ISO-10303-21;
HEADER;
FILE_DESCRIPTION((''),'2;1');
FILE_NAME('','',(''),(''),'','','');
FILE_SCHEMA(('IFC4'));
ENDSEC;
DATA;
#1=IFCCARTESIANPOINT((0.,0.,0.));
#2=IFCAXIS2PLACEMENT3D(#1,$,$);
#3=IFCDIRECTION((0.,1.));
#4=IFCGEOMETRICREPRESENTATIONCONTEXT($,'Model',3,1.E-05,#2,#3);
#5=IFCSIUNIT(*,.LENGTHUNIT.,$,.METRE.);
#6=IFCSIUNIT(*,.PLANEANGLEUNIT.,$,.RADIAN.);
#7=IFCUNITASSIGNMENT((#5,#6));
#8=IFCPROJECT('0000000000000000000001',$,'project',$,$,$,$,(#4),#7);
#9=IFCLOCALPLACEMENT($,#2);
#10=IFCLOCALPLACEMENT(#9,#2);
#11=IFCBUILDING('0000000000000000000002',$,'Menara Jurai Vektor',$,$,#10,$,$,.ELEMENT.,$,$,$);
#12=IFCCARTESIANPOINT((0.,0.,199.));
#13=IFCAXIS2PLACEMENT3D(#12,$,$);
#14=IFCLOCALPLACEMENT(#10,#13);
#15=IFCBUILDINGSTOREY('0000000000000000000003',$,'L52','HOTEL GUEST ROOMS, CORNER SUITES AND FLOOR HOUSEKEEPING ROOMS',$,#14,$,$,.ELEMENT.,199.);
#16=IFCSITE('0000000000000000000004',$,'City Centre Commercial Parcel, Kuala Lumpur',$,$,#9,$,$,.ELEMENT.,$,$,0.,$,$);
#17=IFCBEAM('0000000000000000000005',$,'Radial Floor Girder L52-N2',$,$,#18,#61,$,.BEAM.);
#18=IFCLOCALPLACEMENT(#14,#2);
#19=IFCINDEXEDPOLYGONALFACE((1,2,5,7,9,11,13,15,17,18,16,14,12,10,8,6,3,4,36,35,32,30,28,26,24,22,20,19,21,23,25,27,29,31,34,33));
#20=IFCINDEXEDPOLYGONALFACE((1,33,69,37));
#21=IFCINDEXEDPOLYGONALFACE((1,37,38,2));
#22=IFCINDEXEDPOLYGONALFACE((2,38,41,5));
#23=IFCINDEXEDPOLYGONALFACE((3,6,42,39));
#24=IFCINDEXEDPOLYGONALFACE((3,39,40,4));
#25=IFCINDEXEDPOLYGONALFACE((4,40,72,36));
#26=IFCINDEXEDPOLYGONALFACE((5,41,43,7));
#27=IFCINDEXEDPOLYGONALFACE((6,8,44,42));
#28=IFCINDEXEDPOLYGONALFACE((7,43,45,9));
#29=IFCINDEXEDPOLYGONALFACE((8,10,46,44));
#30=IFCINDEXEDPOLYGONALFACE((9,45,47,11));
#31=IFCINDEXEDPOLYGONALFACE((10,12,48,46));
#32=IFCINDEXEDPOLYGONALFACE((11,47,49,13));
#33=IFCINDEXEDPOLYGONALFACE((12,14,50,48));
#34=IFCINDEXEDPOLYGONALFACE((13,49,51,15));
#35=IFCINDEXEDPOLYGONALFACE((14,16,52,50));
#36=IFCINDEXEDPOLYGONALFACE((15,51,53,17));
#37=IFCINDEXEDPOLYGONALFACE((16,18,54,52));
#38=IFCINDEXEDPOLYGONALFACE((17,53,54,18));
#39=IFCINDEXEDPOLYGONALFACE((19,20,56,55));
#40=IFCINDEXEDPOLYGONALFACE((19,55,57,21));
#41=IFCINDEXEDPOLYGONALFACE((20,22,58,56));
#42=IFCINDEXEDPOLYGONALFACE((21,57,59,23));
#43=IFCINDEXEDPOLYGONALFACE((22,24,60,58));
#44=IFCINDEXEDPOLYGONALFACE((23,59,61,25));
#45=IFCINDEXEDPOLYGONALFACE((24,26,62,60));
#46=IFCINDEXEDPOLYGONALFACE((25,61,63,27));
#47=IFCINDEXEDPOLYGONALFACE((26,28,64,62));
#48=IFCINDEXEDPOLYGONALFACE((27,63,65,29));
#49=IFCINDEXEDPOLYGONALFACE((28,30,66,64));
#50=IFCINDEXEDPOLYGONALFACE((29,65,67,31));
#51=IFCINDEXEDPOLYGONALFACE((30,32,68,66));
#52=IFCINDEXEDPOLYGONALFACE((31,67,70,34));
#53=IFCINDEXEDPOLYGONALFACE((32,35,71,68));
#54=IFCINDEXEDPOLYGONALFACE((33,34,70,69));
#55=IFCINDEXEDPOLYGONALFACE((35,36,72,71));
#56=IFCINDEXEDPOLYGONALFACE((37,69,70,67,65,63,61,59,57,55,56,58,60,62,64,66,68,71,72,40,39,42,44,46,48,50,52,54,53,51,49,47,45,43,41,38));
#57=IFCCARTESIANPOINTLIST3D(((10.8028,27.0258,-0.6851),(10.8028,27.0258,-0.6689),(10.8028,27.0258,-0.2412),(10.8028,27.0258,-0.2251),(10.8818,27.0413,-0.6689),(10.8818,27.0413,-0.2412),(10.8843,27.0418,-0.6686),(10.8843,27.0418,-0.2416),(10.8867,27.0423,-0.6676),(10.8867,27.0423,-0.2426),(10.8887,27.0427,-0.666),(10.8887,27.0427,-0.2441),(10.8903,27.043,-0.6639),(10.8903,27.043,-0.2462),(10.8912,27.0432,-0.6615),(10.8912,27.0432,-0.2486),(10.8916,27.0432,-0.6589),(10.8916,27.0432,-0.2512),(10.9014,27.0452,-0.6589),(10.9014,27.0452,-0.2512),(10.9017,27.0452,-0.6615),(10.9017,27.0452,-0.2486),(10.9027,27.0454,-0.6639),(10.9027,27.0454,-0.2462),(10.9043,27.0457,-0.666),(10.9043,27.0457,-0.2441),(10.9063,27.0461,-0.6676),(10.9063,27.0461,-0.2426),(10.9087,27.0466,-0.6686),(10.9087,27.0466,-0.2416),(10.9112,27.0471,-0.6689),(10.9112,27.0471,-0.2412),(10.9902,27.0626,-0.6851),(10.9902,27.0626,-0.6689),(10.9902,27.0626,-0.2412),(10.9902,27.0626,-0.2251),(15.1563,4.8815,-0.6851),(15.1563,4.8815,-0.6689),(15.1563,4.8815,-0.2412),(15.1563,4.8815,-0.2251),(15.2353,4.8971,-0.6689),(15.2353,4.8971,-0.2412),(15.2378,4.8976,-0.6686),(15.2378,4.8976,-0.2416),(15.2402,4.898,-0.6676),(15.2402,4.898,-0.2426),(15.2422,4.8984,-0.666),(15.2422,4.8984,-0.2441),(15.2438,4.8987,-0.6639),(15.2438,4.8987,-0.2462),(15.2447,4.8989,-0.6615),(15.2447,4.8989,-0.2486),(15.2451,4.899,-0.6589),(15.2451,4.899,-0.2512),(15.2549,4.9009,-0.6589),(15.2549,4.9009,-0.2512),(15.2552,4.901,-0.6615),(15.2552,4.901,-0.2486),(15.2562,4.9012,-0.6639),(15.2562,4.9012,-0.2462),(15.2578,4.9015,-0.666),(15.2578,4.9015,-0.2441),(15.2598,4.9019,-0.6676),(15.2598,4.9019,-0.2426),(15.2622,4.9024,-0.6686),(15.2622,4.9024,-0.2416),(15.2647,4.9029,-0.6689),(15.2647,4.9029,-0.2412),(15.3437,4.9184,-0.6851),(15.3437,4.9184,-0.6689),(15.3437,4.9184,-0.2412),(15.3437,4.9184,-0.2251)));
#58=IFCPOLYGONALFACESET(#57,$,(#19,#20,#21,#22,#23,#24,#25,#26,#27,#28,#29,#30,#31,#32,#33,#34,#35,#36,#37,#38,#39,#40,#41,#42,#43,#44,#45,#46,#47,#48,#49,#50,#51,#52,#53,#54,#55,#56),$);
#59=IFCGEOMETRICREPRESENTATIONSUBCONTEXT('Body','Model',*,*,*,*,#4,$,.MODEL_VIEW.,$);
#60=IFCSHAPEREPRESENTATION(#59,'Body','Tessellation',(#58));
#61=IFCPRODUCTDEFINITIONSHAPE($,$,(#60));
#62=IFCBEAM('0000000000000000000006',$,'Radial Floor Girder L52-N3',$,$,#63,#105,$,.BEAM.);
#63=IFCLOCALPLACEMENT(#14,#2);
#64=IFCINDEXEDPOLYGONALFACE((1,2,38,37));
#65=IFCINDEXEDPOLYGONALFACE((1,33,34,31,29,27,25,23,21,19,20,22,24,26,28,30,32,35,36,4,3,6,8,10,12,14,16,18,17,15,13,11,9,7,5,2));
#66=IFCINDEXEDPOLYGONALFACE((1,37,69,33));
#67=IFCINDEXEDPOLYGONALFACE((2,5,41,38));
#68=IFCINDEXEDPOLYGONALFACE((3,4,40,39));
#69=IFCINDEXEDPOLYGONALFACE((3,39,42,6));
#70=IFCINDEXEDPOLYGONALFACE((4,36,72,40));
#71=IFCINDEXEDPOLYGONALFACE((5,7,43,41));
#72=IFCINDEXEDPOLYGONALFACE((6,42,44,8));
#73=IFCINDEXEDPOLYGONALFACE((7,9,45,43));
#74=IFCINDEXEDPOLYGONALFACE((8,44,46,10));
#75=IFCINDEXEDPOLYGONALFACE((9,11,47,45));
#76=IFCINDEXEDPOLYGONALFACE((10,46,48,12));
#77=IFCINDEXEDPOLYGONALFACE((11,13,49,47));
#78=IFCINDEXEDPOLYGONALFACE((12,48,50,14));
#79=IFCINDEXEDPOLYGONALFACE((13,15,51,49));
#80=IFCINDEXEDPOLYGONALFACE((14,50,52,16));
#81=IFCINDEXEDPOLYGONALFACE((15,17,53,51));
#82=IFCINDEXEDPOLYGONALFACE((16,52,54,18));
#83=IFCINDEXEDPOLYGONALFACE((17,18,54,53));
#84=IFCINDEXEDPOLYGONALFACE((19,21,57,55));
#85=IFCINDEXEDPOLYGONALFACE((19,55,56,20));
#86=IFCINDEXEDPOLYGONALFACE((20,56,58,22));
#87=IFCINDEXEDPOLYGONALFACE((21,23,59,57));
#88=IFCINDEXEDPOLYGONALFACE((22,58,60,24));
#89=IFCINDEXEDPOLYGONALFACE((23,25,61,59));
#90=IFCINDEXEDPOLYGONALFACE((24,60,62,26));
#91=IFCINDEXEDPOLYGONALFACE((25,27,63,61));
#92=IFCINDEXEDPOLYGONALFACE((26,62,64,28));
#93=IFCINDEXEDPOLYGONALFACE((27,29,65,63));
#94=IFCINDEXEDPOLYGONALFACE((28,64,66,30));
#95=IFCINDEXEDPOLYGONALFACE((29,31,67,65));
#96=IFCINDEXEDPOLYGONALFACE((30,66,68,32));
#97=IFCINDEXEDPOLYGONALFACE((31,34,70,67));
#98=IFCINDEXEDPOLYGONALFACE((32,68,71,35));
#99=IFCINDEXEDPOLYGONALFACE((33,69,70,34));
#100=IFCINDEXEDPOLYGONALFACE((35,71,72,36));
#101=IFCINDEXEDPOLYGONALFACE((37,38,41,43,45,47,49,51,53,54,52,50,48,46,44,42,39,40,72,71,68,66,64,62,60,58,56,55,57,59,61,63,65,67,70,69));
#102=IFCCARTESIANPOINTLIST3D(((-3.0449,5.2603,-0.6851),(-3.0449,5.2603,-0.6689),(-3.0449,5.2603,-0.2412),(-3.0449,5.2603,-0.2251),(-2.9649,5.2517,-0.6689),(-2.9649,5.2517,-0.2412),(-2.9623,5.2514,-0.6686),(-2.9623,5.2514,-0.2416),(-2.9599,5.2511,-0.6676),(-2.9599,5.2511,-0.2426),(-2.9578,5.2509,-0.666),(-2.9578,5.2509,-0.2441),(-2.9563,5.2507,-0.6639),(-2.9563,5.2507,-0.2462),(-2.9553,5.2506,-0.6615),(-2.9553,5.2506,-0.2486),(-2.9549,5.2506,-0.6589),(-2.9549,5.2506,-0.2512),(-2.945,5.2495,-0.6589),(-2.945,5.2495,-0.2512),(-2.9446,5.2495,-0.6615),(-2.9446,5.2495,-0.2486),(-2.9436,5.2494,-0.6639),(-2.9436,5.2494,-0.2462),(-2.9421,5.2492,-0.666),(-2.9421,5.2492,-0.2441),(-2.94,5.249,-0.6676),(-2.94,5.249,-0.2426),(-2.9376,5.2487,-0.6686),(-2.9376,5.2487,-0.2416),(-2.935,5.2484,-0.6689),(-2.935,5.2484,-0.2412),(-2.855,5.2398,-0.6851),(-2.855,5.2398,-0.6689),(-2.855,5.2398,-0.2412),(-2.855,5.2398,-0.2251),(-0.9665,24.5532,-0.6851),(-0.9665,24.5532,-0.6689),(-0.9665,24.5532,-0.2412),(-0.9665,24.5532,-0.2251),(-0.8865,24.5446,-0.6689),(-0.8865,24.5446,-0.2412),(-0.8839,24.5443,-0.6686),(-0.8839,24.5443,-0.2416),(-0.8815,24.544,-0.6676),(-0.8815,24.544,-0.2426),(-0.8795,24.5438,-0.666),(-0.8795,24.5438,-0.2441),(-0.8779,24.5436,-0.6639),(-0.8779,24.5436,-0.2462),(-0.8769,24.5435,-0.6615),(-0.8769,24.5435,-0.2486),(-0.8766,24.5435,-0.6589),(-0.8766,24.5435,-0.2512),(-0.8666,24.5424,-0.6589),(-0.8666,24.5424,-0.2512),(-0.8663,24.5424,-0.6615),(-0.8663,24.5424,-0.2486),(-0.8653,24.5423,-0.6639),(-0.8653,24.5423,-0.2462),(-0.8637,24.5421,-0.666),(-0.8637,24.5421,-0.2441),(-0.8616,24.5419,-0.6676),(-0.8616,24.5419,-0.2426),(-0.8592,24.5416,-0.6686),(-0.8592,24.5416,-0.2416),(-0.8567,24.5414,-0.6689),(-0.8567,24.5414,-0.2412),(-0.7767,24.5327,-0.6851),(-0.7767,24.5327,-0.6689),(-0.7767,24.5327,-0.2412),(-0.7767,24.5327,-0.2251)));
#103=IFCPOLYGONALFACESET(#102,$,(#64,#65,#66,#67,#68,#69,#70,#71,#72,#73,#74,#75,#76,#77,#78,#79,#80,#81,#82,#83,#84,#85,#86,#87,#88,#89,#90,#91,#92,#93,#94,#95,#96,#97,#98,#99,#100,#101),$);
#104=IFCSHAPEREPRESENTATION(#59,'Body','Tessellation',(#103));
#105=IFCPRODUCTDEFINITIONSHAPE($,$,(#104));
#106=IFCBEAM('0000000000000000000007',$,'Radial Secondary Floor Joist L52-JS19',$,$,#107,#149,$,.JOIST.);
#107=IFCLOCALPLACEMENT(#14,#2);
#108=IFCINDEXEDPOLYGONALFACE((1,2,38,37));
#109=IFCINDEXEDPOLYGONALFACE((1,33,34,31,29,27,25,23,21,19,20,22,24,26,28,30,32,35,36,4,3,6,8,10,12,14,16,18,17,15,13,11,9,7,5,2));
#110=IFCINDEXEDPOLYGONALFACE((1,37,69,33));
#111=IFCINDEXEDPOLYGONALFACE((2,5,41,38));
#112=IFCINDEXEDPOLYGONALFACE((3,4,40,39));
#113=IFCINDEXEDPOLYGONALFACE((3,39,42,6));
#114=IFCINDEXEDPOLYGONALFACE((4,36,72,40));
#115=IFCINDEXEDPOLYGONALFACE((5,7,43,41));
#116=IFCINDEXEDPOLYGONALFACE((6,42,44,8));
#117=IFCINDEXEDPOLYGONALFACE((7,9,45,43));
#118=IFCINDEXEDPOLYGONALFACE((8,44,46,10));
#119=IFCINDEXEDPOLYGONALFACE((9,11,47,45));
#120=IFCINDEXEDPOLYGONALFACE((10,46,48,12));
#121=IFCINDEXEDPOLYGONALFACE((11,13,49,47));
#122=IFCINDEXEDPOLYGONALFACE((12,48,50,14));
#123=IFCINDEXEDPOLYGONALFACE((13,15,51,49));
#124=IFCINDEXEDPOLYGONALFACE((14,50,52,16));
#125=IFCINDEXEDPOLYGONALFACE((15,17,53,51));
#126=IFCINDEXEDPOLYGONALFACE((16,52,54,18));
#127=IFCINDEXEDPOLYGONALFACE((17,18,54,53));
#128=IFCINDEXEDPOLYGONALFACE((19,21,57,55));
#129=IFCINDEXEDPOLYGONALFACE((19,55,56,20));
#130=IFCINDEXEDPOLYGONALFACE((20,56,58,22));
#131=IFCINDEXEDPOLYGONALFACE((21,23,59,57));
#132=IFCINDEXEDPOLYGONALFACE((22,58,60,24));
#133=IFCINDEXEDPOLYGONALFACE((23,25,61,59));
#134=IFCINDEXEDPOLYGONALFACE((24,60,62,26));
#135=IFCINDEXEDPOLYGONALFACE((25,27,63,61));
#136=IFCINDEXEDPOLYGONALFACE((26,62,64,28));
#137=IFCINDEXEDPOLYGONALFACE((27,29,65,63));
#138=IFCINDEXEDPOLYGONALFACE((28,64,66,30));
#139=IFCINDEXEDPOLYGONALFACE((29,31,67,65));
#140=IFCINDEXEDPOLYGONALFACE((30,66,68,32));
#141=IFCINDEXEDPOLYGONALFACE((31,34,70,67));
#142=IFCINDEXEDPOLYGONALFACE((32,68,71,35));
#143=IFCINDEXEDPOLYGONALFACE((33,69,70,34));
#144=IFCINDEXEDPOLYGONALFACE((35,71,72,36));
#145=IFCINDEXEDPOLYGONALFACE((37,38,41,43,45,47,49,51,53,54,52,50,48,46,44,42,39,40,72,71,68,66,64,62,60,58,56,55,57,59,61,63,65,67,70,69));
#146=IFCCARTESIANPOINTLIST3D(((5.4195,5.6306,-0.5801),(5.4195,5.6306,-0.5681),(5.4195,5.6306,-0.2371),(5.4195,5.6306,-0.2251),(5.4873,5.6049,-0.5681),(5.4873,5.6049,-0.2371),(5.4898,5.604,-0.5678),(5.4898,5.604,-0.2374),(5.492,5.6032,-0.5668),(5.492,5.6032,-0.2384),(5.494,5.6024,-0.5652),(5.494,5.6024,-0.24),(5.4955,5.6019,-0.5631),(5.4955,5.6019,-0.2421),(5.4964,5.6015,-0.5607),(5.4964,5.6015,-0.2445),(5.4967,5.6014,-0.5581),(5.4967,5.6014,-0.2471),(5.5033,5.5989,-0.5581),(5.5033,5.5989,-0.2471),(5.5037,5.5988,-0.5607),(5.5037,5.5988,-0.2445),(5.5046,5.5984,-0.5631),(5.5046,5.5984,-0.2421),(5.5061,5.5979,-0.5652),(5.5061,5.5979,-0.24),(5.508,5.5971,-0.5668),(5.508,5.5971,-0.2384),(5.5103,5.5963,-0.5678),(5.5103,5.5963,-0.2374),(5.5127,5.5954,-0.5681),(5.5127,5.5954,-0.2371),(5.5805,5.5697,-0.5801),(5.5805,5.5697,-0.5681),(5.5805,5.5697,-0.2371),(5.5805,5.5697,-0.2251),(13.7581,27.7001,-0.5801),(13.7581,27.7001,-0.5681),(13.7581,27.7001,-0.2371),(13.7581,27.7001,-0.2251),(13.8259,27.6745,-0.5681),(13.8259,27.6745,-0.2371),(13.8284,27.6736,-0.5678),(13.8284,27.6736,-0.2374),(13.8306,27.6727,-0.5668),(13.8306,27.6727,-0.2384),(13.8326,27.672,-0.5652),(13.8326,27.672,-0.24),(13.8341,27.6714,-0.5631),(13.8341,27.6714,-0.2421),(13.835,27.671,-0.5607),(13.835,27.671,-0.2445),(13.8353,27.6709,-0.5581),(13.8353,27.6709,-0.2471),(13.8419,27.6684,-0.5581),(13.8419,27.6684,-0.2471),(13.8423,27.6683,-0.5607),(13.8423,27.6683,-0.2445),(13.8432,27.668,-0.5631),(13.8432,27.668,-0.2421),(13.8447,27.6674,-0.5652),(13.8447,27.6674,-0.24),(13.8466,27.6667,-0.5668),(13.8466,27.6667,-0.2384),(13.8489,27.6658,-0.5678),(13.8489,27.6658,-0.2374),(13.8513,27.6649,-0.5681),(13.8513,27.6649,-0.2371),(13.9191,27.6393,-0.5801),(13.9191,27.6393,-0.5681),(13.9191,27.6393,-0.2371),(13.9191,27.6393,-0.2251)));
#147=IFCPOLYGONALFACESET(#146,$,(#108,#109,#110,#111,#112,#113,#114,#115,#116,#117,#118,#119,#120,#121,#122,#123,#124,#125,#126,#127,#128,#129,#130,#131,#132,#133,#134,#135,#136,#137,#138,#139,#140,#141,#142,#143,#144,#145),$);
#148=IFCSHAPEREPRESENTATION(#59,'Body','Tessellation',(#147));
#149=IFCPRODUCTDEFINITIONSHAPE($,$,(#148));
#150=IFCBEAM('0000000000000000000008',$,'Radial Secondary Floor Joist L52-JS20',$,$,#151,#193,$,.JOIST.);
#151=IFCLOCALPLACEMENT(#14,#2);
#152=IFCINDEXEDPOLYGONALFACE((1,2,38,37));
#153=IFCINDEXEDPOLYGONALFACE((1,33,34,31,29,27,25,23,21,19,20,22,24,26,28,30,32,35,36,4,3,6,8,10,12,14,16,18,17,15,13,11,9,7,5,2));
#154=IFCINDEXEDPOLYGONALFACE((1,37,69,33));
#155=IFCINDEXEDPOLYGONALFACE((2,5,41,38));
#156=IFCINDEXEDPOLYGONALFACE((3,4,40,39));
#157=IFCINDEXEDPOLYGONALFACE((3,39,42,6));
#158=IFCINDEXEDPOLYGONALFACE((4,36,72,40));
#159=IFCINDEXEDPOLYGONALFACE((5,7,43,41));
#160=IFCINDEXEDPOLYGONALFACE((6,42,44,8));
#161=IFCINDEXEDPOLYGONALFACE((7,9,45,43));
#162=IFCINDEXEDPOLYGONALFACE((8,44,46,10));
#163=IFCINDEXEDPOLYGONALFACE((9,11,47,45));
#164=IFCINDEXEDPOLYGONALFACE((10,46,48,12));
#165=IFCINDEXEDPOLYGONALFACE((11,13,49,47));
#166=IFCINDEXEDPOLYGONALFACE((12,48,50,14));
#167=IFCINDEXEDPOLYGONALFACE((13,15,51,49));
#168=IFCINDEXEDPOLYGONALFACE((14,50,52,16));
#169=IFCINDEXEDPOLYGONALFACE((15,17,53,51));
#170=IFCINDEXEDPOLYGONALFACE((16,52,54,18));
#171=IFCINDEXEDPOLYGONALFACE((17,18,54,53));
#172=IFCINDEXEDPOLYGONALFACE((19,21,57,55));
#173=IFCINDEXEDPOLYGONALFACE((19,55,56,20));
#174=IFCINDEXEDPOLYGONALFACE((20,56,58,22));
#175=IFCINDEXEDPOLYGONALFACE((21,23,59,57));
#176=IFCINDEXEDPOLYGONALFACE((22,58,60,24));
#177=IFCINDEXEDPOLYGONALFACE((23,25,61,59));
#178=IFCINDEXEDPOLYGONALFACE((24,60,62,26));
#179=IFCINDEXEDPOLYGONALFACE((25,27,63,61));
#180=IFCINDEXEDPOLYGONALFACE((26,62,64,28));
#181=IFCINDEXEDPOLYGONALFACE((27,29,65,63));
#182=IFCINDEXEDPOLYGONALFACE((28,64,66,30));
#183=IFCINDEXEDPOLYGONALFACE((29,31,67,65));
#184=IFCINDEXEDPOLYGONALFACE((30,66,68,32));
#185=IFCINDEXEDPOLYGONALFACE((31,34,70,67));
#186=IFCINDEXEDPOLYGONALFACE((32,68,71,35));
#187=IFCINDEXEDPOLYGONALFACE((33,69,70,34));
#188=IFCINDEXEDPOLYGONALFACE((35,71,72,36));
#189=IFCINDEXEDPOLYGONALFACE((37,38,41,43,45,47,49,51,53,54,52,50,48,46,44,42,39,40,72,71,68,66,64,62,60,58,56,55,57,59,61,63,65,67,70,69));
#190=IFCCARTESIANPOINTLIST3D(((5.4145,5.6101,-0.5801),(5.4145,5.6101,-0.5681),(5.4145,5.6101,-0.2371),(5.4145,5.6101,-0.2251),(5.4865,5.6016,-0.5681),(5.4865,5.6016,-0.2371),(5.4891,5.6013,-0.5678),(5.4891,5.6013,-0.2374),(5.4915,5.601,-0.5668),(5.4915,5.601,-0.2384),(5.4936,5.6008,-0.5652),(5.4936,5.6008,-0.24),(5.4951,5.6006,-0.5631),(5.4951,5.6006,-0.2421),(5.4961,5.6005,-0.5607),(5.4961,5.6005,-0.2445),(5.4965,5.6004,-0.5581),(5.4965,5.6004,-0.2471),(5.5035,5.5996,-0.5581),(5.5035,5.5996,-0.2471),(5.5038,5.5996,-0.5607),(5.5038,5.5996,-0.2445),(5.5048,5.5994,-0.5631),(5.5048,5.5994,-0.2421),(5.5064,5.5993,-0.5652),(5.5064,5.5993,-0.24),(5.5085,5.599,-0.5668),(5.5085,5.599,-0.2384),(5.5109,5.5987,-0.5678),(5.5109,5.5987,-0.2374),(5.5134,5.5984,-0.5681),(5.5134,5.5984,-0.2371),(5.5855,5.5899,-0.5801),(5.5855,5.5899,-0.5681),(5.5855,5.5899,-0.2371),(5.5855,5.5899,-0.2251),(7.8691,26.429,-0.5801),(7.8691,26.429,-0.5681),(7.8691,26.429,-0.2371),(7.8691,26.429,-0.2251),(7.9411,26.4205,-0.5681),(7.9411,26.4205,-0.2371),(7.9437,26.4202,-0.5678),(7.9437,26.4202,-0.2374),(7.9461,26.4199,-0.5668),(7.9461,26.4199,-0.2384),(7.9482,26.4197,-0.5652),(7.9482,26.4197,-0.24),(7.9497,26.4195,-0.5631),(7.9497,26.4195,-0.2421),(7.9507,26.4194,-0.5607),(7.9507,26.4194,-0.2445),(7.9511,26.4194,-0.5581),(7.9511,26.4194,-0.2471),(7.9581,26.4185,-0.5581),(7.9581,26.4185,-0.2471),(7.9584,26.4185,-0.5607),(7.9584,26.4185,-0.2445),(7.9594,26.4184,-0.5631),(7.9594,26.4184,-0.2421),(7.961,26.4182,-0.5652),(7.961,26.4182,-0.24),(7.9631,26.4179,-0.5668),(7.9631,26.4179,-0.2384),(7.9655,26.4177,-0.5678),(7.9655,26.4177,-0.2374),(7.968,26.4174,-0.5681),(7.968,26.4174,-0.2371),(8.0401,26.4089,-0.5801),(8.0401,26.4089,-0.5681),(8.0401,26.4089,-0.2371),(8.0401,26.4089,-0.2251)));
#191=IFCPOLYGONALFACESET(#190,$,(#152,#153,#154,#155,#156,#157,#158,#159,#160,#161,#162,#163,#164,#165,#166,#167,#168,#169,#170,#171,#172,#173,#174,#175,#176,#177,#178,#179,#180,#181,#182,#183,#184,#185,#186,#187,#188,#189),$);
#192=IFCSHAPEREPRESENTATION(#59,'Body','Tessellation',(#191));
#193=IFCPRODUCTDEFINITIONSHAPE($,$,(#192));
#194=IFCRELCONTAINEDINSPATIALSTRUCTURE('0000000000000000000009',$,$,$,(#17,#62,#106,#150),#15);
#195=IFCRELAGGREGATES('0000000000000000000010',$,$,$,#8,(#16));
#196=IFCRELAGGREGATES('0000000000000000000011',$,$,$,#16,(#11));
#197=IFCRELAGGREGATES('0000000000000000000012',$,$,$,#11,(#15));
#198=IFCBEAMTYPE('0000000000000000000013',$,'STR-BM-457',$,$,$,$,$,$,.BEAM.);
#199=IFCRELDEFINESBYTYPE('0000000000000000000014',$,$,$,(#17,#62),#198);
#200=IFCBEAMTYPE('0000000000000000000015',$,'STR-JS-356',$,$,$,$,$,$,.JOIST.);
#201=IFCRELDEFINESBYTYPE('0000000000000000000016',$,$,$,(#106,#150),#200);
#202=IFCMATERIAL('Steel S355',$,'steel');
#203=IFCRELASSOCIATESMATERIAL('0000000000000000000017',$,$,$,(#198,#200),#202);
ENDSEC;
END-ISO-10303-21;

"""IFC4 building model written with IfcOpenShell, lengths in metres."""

from ifc_helpers import new_model, si_unit, direction, frame, origin, origin_2d, place, context, subcontext, project, spatial, i_section, extrude, material, material_profile, profile_set, type_object, element, save


model = new_model("IFC4")

# Units and contexts
model_context = context("Model", 3, precision=1e-05, world=origin(), true_north=direction((0.0, 1.0)))
body_context = subcontext(model_context, "Body", "Model", "MODEL_VIEW")
ifc_project = project(units=[si_unit("LENGTHUNIT", "METRE"), si_unit("PLANEANGLEUNIT", "RADIAN")], contexts=[model_context])

# Site, building, storey
site_placement = place(None, origin())
site = spatial("IfcSite", under=ifc_project, at=site_placement, Name="City Centre Commercial Parcel, Kuala Lumpur", CompositionType="ELEMENT", RefElevation=0.0)
building_placement = place(site_placement, origin())
building = spatial("IfcBuilding", under=site, at=building_placement, Name="Menara Jurai Vektor", CompositionType="ELEMENT")
storey_placement = place(building_placement, frame((0.0, 0.0, 199.0)))
storey = spatial("IfcBuildingStorey", under=building, at=storey_placement, Name="L52", Description="HOTEL GUEST ROOMS, CORNER SUITES AND FLOOR HOUSEKEEPING ROOMS", CompositionType="ELEMENT", Elevation=199.0)

# Beams
ifc_material_1 = material(Name="Steel S355", Category="steel")
ifc_material_profile_1 = material_profile(ifc_material_1, i_section(OverallWidth=0.1909, OverallDepth=0.46, WebThickness=0.01, FlangeThickness=0.0161, FilletRadius=0.01, at=origin_2d()), Name="UKB 457x191x82")
ifc_profile_set_1 = profile_set([ifc_material_profile_1], Name="Steel S355")
beam_type_1 = type_object("IfcBeamType", Name="STR-BM-457", PredefinedType="BEAM", material=ifc_profile_set_1)
beam_1_placement = place(storey_placement, frame((10.8965, 27.0442, -0.4551), z_axis=(0.192905, -0.981217, 0.0), x_axis=(0.981217, 0.192905, 0.0)))
element("IfcBeam", 1, at=beam_1_placement, inside=storey, type_object=beam_type_1, Name="Radial Floor Girder L52-N2", PredefinedType="BEAM", context=body_context, shape_type="SweptSolid", body=[
    extrude(i_section(OverallWidth=0.1909, OverallDepth=0.46, WebThickness=0.01, FlangeThickness=0.0161, FilletRadius=0.01, at=origin_2d()), origin(), (0.0, 0.0, 1.0), 22.5681),
])
beam_2_placement = place(storey_placement, frame((-0.8716, 24.543, -0.4551), z_axis=(-0.107107, -0.994247, 0.0), x_axis=(0.994247, -0.107107, 0.0)))
element("IfcBeam", 2, at=beam_2_placement, inside=storey, type_object=beam_type_1, Name="Radial Floor Girder L52-N3", PredefinedType="BEAM", context=body_context, shape_type="SweptSolid", body=[
    extrude(i_section(OverallWidth=0.1909, OverallDepth=0.46, WebThickness=0.01, FlangeThickness=0.0161, FilletRadius=0.01, at=origin_2d()), origin(), (0.0, 0.0, 1.0), 19.4045),
])
ifc_material_profile_2 = material_profile(ifc_material_1, i_section(OverallWidth=0.1721, OverallDepth=0.355, WebThickness=0.0071, FlangeThickness=0.012, FilletRadius=0.01, at=origin_2d()), Name="UKB 356x171x51")
ifc_profile_set_2 = profile_set([ifc_material_profile_2], Name="Steel S355")
beam_type_2 = type_object("IfcBeamType", Name="STR-JS-356", PredefinedType="JOIST", material=ifc_profile_set_2)
beam_3_placement = place(storey_placement, frame((13.8386, 27.6697, -0.4026), z_axis=(-0.353446, -0.935455, 0.0), x_axis=(0.935455, -0.353446, 0.0)))
element("IfcBeam", 3, at=beam_3_placement, inside=storey, type_object=beam_type_2, Name="Radial Secondary Floor Joist L52-JS19", PredefinedType="JOIST", context=body_context, shape_type="SweptSolid", body=[
    extrude(i_section(OverallWidth=0.1721, OverallDepth=0.355, WebThickness=0.0071, FlangeThickness=0.012, FilletRadius=0.01, at=origin_2d()), origin(), (0.0, 0.0, 1.0), 23.5923),
])
beam_4_placement = place(storey_placement, frame((7.9546, 26.4189, -0.4026), z_axis=(-0.117091, -0.993121, 0.0), x_axis=(0.993121, -0.117091, 0.0)))
element("IfcBeam", 4, at=beam_4_placement, inside=storey, type_object=beam_type_2, Name="Radial Secondary Floor Joist L52-JS20", PredefinedType="JOIST", context=body_context, shape_type="SweptSolid", body=[
    extrude(i_section(OverallWidth=0.1721, OverallDepth=0.355, WebThickness=0.0071, FlangeThickness=0.012, FilletRadius=0.01, at=origin_2d()), origin(), (0.0, 0.0, 1.0), 20.9631),
])

save(model, "model.ifc")
